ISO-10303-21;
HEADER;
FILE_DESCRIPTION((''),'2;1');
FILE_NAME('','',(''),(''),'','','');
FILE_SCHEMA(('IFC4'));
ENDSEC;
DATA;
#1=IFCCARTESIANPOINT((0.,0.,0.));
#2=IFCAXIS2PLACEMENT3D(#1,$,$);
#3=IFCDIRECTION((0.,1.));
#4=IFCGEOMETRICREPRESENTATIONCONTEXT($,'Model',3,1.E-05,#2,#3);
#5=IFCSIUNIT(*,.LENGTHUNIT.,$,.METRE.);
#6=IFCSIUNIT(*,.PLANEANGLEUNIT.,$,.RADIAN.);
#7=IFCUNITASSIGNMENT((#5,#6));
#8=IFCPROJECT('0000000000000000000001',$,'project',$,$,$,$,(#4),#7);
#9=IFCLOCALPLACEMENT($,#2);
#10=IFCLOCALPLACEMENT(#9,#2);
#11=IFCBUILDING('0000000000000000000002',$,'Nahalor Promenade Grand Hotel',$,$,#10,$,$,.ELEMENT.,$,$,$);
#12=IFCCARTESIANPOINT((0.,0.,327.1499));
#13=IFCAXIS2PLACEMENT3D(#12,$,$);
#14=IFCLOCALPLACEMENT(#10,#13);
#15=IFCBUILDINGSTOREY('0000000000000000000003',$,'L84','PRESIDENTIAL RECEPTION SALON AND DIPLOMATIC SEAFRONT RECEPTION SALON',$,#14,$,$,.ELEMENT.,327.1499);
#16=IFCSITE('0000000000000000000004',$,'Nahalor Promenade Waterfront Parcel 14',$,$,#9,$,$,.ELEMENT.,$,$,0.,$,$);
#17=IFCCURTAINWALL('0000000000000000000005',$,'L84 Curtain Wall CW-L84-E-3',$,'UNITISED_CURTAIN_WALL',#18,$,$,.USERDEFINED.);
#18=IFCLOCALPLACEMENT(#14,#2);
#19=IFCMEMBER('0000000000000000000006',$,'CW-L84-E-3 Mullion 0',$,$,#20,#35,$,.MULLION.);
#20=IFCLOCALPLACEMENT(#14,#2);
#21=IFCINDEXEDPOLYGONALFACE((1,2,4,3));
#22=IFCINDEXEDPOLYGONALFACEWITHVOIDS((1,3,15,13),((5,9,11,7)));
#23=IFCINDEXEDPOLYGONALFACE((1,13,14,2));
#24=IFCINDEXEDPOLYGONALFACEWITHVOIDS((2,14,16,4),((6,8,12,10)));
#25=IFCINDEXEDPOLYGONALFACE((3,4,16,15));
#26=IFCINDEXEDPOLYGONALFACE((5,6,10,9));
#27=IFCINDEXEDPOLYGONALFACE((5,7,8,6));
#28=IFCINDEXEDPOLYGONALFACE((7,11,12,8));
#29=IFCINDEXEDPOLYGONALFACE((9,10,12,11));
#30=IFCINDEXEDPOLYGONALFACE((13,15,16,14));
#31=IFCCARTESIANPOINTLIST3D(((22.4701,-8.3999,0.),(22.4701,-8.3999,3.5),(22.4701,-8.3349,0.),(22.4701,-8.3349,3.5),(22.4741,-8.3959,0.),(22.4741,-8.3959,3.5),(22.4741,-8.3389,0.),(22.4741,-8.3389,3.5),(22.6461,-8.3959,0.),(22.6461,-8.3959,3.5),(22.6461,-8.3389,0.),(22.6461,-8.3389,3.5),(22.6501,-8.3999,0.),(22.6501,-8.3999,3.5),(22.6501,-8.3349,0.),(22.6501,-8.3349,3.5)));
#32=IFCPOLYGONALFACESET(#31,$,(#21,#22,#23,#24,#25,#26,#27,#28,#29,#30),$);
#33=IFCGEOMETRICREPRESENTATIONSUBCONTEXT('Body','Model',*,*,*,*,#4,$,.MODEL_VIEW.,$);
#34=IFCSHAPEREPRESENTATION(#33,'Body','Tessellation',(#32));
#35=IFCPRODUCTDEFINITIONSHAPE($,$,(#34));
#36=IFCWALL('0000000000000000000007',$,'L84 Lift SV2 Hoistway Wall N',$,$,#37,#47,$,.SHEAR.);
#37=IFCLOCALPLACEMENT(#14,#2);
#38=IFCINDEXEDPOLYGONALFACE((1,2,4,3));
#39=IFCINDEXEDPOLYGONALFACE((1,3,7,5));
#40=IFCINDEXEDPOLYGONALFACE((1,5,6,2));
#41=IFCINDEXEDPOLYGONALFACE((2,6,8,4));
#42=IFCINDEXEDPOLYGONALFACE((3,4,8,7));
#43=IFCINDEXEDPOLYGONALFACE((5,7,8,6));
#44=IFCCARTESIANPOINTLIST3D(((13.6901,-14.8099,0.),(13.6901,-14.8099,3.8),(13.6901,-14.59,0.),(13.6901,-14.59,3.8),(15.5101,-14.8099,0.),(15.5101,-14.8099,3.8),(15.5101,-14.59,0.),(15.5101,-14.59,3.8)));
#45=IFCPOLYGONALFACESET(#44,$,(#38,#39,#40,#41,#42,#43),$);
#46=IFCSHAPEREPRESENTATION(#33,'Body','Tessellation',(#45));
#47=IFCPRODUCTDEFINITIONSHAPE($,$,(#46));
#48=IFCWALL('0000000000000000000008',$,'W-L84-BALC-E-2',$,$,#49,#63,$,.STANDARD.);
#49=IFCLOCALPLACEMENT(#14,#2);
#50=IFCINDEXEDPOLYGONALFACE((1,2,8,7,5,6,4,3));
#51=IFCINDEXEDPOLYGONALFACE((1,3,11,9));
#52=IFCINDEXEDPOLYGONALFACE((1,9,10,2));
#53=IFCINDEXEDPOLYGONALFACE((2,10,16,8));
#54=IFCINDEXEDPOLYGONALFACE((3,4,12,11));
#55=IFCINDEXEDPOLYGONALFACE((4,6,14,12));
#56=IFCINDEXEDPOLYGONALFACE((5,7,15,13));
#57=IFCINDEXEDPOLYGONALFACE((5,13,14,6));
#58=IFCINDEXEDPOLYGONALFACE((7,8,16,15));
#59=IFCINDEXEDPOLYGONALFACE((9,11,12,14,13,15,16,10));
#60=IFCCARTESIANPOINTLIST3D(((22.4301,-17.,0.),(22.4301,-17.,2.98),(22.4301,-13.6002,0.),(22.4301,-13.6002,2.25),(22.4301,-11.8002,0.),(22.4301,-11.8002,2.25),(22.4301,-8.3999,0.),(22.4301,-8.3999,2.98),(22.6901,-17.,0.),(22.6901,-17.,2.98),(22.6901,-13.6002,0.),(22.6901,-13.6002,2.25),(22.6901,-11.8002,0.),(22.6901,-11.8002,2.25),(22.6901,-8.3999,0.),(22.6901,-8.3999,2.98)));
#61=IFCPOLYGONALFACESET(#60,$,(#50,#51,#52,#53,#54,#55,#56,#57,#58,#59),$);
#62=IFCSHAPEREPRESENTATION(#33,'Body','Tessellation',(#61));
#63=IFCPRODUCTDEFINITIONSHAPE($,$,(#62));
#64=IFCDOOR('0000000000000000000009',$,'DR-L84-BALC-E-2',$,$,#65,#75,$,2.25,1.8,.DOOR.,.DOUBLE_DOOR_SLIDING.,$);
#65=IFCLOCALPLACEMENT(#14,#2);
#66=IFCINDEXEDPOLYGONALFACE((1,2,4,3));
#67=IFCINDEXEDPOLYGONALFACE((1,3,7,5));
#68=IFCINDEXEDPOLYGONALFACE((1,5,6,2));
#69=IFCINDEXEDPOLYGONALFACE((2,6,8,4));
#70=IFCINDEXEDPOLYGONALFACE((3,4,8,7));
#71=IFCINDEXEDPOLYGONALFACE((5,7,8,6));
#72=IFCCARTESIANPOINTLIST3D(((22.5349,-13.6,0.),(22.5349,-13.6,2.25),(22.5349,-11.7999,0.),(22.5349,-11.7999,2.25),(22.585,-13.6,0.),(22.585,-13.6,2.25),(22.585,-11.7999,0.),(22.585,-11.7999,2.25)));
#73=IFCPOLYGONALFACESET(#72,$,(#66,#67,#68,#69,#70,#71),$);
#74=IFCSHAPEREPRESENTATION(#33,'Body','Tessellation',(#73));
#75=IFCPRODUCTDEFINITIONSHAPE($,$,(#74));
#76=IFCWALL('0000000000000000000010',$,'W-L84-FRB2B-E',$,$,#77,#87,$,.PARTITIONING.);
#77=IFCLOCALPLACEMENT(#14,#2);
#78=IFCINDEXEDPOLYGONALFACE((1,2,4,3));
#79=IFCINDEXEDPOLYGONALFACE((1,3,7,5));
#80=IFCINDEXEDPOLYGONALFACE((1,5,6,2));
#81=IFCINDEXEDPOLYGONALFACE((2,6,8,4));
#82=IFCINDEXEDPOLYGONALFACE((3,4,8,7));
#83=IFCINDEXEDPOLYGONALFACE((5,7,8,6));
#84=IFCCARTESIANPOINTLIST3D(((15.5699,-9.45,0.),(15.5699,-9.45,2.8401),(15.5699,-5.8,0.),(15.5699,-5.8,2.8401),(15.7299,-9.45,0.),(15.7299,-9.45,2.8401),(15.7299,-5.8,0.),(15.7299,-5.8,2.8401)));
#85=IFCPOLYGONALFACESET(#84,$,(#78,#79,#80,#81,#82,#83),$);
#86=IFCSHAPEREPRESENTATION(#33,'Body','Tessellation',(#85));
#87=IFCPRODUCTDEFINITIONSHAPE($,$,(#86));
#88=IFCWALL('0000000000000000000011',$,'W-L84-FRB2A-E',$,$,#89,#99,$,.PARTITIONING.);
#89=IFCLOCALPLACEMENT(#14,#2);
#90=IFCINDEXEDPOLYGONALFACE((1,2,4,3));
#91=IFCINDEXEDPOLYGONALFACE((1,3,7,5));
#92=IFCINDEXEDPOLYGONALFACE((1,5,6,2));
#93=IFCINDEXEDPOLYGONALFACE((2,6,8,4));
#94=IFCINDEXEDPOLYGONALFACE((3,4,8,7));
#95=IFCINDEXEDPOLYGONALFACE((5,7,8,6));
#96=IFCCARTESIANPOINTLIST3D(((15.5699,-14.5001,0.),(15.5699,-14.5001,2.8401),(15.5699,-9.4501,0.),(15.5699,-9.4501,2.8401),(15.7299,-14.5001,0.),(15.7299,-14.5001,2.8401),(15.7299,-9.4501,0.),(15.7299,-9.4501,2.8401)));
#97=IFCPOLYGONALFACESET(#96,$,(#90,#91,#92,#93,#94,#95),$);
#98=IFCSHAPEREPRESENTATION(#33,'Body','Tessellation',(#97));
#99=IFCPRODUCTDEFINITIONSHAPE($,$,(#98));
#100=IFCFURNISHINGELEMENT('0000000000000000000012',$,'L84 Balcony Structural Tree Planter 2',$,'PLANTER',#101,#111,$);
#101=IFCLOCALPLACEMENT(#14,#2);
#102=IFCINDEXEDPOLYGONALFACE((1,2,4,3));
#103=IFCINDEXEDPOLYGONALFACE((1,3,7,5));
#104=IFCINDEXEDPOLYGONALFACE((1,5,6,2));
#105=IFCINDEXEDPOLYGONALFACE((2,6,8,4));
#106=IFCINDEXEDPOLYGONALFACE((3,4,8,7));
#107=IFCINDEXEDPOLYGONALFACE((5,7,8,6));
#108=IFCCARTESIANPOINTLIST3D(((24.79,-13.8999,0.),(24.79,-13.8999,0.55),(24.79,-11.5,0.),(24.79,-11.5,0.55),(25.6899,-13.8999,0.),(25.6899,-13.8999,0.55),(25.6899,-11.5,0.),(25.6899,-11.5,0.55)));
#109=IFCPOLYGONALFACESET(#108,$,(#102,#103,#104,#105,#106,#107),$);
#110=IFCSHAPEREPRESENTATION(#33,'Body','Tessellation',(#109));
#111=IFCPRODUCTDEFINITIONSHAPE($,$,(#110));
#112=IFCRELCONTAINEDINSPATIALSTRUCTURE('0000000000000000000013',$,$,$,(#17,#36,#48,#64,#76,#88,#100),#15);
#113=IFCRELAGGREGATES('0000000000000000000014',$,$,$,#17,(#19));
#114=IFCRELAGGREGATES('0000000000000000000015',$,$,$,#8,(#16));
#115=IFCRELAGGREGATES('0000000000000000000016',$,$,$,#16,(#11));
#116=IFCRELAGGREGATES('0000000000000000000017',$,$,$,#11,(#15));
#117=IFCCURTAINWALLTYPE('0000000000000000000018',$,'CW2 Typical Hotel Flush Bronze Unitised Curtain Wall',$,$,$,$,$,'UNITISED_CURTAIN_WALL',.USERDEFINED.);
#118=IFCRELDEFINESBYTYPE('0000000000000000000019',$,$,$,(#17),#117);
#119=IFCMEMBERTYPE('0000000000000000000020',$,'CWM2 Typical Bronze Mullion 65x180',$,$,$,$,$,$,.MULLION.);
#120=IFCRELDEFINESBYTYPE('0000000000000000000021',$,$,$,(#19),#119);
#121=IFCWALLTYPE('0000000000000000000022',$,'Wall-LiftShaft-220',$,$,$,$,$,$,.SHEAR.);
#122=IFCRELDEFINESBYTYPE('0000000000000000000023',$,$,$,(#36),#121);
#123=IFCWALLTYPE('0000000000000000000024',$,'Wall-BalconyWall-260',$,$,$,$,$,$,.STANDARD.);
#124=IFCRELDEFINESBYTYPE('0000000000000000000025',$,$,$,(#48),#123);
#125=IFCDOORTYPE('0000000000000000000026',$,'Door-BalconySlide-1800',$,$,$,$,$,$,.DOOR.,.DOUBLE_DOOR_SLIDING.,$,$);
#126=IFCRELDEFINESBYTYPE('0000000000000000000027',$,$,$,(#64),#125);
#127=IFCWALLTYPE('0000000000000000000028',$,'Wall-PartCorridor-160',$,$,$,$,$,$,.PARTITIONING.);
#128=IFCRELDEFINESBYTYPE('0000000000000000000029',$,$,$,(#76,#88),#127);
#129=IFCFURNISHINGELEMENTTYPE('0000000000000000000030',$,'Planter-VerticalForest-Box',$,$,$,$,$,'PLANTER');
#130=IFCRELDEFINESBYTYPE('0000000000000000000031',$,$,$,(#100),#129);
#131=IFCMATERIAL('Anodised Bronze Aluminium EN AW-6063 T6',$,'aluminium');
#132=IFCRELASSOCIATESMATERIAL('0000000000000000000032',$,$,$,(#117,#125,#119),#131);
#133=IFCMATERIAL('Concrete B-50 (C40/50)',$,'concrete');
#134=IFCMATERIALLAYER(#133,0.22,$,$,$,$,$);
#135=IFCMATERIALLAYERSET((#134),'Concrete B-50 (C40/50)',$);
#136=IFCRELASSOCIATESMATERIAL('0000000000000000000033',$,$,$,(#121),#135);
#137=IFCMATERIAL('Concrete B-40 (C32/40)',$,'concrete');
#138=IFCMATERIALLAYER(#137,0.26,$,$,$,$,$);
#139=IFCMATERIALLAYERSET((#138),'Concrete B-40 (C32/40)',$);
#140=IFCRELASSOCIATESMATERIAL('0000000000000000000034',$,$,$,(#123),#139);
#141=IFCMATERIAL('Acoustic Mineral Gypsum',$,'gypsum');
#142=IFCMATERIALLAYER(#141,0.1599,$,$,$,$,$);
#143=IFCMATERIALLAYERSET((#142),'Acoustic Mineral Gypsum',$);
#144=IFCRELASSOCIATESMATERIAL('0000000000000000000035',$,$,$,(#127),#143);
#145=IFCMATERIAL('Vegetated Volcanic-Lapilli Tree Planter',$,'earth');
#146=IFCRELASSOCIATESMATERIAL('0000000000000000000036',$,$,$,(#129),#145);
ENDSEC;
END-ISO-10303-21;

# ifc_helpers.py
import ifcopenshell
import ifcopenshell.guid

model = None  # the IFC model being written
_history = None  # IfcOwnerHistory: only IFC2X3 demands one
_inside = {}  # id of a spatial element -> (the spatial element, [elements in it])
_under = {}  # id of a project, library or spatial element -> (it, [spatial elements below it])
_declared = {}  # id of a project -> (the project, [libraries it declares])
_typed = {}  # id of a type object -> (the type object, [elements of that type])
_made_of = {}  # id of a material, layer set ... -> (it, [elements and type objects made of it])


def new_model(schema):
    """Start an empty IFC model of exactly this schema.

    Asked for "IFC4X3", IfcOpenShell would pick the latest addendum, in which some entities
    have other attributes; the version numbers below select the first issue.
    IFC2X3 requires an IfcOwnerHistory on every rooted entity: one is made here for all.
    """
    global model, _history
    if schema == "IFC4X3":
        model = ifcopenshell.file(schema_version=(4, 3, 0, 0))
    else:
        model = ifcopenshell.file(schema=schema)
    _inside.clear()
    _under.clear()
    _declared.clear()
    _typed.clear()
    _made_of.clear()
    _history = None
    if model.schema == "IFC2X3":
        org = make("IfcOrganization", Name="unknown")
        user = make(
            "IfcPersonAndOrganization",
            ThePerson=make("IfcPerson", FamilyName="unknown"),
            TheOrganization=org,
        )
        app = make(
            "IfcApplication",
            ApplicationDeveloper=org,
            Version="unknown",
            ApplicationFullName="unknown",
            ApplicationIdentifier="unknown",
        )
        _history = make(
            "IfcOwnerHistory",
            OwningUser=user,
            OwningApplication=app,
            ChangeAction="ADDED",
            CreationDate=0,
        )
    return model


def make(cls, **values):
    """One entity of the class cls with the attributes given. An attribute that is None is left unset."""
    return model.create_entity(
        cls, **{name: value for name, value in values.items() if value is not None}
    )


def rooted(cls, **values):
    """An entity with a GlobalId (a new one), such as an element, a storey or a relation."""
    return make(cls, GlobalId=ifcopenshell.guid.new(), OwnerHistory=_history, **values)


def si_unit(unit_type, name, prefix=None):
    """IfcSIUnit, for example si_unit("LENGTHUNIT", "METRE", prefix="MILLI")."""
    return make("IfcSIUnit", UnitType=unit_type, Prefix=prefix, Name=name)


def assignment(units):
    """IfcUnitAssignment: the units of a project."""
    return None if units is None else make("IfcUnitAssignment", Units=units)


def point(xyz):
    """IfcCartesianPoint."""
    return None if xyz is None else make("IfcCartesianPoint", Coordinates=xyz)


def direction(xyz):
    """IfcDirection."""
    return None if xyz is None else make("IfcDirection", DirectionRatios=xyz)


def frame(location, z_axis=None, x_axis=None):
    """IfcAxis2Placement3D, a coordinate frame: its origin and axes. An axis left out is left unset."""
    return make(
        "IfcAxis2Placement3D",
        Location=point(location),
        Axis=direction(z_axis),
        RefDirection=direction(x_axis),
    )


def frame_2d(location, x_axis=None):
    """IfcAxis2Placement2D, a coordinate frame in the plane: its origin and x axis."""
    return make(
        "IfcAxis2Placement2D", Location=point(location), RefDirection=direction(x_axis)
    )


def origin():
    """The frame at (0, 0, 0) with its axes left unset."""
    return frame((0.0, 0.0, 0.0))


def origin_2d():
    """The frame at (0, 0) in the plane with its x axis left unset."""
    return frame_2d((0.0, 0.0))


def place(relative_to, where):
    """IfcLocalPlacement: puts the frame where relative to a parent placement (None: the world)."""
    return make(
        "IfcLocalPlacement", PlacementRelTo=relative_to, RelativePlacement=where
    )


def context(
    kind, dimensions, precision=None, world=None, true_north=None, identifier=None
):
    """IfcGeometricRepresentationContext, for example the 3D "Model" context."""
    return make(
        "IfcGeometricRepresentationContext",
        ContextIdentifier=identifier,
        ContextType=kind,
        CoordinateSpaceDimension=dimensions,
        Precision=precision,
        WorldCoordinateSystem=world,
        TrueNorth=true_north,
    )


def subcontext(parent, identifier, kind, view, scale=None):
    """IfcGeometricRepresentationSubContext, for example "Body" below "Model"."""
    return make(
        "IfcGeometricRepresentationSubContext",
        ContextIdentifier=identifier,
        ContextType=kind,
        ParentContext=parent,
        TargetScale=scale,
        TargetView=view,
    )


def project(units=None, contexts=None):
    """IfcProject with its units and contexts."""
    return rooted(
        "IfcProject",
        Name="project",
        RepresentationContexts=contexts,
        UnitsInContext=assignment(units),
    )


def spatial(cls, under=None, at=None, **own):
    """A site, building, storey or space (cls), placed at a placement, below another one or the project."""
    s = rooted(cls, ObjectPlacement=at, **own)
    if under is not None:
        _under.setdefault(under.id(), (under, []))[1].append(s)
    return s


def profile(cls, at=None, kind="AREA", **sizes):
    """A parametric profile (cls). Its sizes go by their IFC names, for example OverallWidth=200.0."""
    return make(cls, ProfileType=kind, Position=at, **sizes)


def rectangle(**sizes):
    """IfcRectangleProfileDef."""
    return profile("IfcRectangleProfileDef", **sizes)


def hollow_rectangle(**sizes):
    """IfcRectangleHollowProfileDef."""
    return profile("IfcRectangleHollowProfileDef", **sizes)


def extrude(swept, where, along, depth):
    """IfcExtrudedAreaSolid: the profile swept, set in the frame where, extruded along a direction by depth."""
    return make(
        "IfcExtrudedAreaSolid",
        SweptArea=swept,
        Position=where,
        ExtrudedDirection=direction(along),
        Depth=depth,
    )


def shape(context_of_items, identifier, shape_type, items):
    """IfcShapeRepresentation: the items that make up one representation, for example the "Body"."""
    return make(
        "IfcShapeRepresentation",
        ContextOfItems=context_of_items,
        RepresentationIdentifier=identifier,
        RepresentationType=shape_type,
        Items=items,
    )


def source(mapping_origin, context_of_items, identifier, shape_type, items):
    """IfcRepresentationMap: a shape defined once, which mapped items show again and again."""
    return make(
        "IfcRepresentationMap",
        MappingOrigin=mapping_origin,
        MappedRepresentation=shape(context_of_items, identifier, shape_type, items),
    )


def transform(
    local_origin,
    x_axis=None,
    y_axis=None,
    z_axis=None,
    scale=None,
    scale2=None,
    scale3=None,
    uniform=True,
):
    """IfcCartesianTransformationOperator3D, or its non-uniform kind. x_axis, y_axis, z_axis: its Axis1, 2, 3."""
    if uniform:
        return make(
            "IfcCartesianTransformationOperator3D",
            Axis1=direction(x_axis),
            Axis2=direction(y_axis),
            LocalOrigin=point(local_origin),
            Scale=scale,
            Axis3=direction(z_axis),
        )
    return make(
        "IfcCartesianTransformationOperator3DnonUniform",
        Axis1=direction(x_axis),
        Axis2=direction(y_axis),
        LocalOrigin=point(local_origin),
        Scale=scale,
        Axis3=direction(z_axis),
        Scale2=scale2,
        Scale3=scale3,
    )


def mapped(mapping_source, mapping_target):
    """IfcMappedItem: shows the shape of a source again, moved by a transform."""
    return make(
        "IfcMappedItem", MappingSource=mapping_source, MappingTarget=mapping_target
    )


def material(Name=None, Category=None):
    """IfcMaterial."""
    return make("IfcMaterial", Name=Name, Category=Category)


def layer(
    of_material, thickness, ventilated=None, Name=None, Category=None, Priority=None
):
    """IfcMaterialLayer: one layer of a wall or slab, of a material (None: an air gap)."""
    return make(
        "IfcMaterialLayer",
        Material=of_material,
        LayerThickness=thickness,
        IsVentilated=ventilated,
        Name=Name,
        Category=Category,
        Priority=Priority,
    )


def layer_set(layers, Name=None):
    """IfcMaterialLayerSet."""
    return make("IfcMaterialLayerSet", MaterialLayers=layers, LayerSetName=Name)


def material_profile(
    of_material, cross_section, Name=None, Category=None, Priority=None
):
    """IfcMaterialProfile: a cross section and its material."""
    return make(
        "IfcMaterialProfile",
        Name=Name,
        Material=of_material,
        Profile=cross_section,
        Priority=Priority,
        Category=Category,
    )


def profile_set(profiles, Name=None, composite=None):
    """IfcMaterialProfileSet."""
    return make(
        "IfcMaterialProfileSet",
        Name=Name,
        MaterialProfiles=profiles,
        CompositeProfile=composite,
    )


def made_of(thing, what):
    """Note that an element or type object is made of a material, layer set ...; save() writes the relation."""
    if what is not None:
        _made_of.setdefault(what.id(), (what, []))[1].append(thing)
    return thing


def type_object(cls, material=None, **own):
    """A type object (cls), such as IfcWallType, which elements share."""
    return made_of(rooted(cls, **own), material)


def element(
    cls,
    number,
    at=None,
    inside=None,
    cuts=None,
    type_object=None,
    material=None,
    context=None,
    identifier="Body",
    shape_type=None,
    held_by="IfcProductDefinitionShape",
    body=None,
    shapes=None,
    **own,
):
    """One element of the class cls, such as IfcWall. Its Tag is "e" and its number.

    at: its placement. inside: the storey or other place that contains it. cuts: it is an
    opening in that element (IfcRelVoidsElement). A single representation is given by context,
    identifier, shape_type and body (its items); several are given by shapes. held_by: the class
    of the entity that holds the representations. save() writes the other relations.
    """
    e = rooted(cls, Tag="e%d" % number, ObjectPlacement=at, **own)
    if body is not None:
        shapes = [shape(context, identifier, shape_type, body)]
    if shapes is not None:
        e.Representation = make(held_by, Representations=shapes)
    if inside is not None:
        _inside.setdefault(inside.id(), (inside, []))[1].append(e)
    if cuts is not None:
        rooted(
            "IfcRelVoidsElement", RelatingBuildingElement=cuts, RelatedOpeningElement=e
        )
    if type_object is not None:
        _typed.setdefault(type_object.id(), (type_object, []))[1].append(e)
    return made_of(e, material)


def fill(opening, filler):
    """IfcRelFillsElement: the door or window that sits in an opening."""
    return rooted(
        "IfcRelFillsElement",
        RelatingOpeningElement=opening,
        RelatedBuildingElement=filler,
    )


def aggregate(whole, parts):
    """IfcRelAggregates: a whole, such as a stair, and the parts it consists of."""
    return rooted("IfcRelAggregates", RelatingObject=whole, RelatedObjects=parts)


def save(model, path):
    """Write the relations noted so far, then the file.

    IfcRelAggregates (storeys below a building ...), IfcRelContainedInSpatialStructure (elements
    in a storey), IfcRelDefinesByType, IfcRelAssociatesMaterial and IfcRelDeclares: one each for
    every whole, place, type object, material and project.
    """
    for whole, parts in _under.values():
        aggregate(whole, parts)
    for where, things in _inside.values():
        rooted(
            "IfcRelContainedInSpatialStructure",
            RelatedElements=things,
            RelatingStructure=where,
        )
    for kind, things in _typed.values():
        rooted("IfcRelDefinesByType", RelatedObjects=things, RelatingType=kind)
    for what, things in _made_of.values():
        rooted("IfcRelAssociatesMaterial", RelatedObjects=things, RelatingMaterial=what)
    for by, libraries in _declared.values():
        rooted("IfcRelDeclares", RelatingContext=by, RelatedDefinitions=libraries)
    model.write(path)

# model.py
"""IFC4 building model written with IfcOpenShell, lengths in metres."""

from ifc_helpers import new_model, si_unit, direction, frame, frame_2d, origin, origin_2d, place, context, subcontext, project, spatial, rectangle, hollow_rectangle, extrude, source, transform, mapped, material, layer, layer_set, material_profile, profile_set, type_object, element, fill, aggregate, save


model = new_model("IFC4")

# Units and contexts
model_context = context("Model", 3, precision=1e-05, world=origin(), true_north=direction((0.0, 1.0)))
body_context = subcontext(model_context, "Body", "Model", "MODEL_VIEW")
ifc_project = project(units=[si_unit("LENGTHUNIT", "METRE"), si_unit("PLANEANGLEUNIT", "RADIAN")], contexts=[model_context])

# Site, building, storey
site_placement = place(None, origin())
site = spatial("IfcSite", under=ifc_project, at=site_placement, Name="Nahalor Promenade Waterfront Parcel 14", CompositionType="ELEMENT", RefElevation=0.0)
building_placement = place(site_placement, origin())
building = spatial("IfcBuilding", under=site, at=building_placement, Name="Nahalor Promenade Grand Hotel", CompositionType="ELEMENT")
storey_placement = place(building_placement, frame((0.0, 0.0, 327.1499)))
storey = spatial("IfcBuildingStorey", under=building, at=storey_placement, Name="L84", Description="PRESIDENTIAL RECEPTION SALON AND DIPLOMATIC SEAFRONT RECEPTION SALON", CompositionType="ELEMENT", Elevation=327.1499)

# Curtain wall, member
ifc_material_1 = material(Name="Anodised Bronze Aluminium EN AW-6063 T6", Category="aluminium")
curtain_wall_type = type_object("IfcCurtainWallType", Name="CW2 Typical Hotel Flush Bronze Unitised Curtain Wall", ElementType="UNITISED_CURTAIN_WALL", PredefinedType="USERDEFINED", material=ifc_material_1)
curtain_wall_placement = place(storey_placement, origin())
curtain_wall = element("IfcCurtainWall", 1, at=curtain_wall_placement, inside=storey, type_object=curtain_wall_type, Name="L84 Curtain Wall CW-L84-E-3", ObjectType="UNITISED_CURTAIN_WALL", PredefinedType="USERDEFINED")
ifc_material_profile_1 = material_profile(ifc_material_1, hollow_rectangle(XDim=0.065, YDim=0.18, WallThickness=0.004, at=origin_2d()), Name="CWM 65x180x4")
ifc_profile_set_1 = profile_set([ifc_material_profile_1], Name="Anodised Bronze Aluminium EN AW-6063 T6")
member_type_1 = type_object("IfcMemberType", Name="CWM2 Typical Bronze Mullion 65x180", PredefinedType="MULLION", material=ifc_profile_set_1)
shared_shape_1 = source(origin(), body_context, "Body", "SweptSolid", [
    extrude(hollow_rectangle(XDim=0.065, YDim=0.18, WallThickness=0.004, at=origin_2d()), origin(), (0.0, 0.0, 1.0), 3.5),
])
member_1_placement = place(storey_placement, frame((22.5601, -8.3674, 0.0), z_axis=(0.0, 0.0, 1.0), x_axis=(0.0, 1.0, 0.0)))
member_1 = element("IfcMember", 2, at=member_1_placement, type_object=member_type_1, Name="CW-L84-E-3 Mullion 0", PredefinedType="MULLION", context=body_context, shape_type="MappedRepresentation", body=[
    mapped(shared_shape_1, transform((0.0, 0.0, 0.0), scale=1.0)),
])
aggregate(curtain_wall, [member_1])

# Wall
ifc_material_2 = material(Name="Concrete B-50 (C40/50)", Category="concrete")
ifc_layer_1 = layer(ifc_material_2, 0.22)
ifc_layer_set_1 = layer_set([ifc_layer_1], Name="Concrete B-50 (C40/50)")
wall_type_1 = type_object("IfcWallType", Name="Wall-LiftShaft-220", PredefinedType="SHEAR", material=ifc_layer_set_1)
shared_shape_2 = source(origin(), body_context, "Body", "SweptSolid", [
    extrude(rectangle(XDim=1.8201, YDim=0.22, at=frame_2d((0.9102, 0.0))), origin(), (0.0, 0.0, 1.0), 3.8),
])
wall_1_placement = place(storey_placement, frame((13.6899, -14.7, 0.0), z_axis=(0.0, 0.0, 1.0), x_axis=(1.0, 0.0, 0.0)))
element("IfcWall", 3, at=wall_1_placement, inside=storey, type_object=wall_type_1, Name="L84 Lift SV2 Hoistway Wall N", PredefinedType="SHEAR", context=body_context, shape_type="MappedRepresentation", body=[
    mapped(shared_shape_2, transform((0.0, 0.0, 0.0), scale=1.0)),
])

# Wall, opening, door
ifc_material_3 = material(Name="Concrete B-40 (C32/40)", Category="concrete")
ifc_layer_2 = layer(ifc_material_3, 0.26)
ifc_layer_set_2 = layer_set([ifc_layer_2], Name="Concrete B-40 (C32/40)")
wall_type_2 = type_object("IfcWallType", Name="Wall-BalconyWall-260", PredefinedType="STANDARD", material=ifc_layer_set_2)
shared_shape_3 = source(origin(), body_context, "Body", "SweptSolid", [
    extrude(rectangle(XDim=8.6001, YDim=0.26, at=frame_2d((4.3, 0.0))), origin(), (0.0, 0.0, 1.0), 2.98),
])
wall_2_placement = place(storey_placement, frame((22.5601, -17.0, 0.0), z_axis=(0.0, 0.0, 1.0), x_axis=(0.0, 1.0, 0.0)))
wall_2 = element("IfcWall", 4, at=wall_2_placement, inside=storey, type_object=wall_type_2, Name="W-L84-BALC-E-2", PredefinedType="STANDARD", context=body_context, shape_type="MappedRepresentation", body=[
    mapped(shared_shape_3, transform((0.0, 0.0, 0.0), scale=1.0)),
])
opening_placement = place(wall_2_placement, frame((3.3999, 0.0, 0.0)))
opening = element("IfcOpeningElement", 5, at=opening_placement, cuts=wall_2, PredefinedType="OPENING", context=body_context, shape_type="SweptSolid", body=[
    extrude(rectangle(XDim=1.8, YDim=2.25, at=frame_2d((0.8999, 1.125))), frame((0.0, 0.1399, 0.0), z_axis=(0.0, -1.0, 0.0), x_axis=(1.0, 0.0, 0.0)), (0.0, 0.0, 1.0), 0.28),
])
door_type = type_object("IfcDoorType", Name="Door-BalconySlide-1800", OperationType="DOUBLE_DOOR_SLIDING", PredefinedType="DOOR", material=ifc_material_1)
shared_shape_4 = source(origin(), body_context, "Body", "SweptSolid", [
    extrude(rectangle(XDim=1.8, YDim=2.25, at=frame_2d((0.8999, 1.125))), frame((0.0, 0.0249, 0.0), z_axis=(0.0, -1.0, 0.0), x_axis=(1.0, 0.0, 0.0)), (0.0, 0.0, 1.0), 0.05),
])
door_placement = place(opening_placement, frame((1.8, 0.0, 0.0), z_axis=(0.0, 0.0, 1.0), x_axis=(-1.0, 0.0, 0.0)))
door = element("IfcDoor", 6, at=door_placement, inside=storey, type_object=door_type, Name="DR-L84-BALC-E-2", OperationType="DOUBLE_DOOR_SLIDING", OverallHeight=2.25, OverallWidth=1.8, PredefinedType="DOOR", context=body_context, shape_type="MappedRepresentation", body=[
    mapped(shared_shape_4, transform((0.0, 0.0, 0.0), scale=1.0)),
])
fill(opening, door)

# Walls
ifc_material_4 = material(Name="Acoustic Mineral Gypsum", Category="gypsum")
ifc_layer_3 = layer(ifc_material_4, 0.1599)
ifc_layer_set_3 = layer_set([ifc_layer_3], Name="Acoustic Mineral Gypsum")
wall_type_3 = type_object("IfcWallType", Name="Wall-PartCorridor-160", PredefinedType="PARTITIONING", material=ifc_layer_set_3)
shared_shape_5 = source(origin(), body_context, "Body", "SweptSolid", [
    extrude(rectangle(XDim=3.6499, YDim=0.1599, at=frame_2d((1.825, 0.0))), origin(), (0.0, 0.0, 1.0), 2.8401),
])
wall_3_placement = place(storey_placement, frame((15.6499, -9.45, 0.0), z_axis=(0.0, 0.0, 1.0), x_axis=(0.0, 1.0, 0.0)))
element("IfcWall", 7, at=wall_3_placement, inside=storey, type_object=wall_type_3, Name="W-L84-FRB2B-E", PredefinedType="PARTITIONING", context=body_context, shape_type="MappedRepresentation", body=[
    mapped(shared_shape_5, transform((0.0, 0.0, 0.0), scale=1.0)),
])
shared_shape_6 = source(origin(), body_context, "Body", "SweptSolid", [
    extrude(rectangle(XDim=5.05, YDim=0.1599, at=frame_2d((2.5249, 0.0))), origin(), (0.0, 0.0, 1.0), 2.8401),
])
wall_4_placement = place(storey_placement, frame((15.6499, -14.5, 0.0), z_axis=(0.0, 0.0, 1.0), x_axis=(0.0, 1.0, 0.0)))
element("IfcWall", 8, at=wall_4_placement, inside=storey, type_object=wall_type_3, Name="W-L84-FRB2A-E", PredefinedType="PARTITIONING", context=body_context, shape_type="MappedRepresentation", body=[
    mapped(shared_shape_6, transform((0.0, 0.0, 0.0), scale=1.0)),
])

# Furnishing element
ifc_material_5 = material(Name="Vegetated Volcanic-Lapilli Tree Planter", Category="earth")
furnishing_element_type = type_object("IfcFurnishingElementType", Name="Planter-VerticalForest-Box", ElementType="PLANTER", material=ifc_material_5)
shared_shape_7 = source(origin(), body_context, "Body", "SweptSolid", [
    extrude(rectangle(XDim=2.3999, YDim=0.8999, at=origin_2d()), origin(), (0.0, 0.0, 1.0), 0.55),
])
furnishing_placement = place(storey_placement, frame((25.24, -12.7, 0.0), z_axis=(0.0, 0.0, 1.0), x_axis=(0.0, 1.0, 0.0)))
element("IfcFurnishingElement", 9, at=furnishing_placement, inside=storey, type_object=furnishing_element_type, Name="L84 Balcony Structural Tree Planter 2", ObjectType="PLANTER", context=body_context, shape_type="MappedRepresentation", body=[
    mapped(shared_shape_7, transform((0.0, 0.0, 0.0), scale=1.0)),
])

save(model, "model.ifc")
